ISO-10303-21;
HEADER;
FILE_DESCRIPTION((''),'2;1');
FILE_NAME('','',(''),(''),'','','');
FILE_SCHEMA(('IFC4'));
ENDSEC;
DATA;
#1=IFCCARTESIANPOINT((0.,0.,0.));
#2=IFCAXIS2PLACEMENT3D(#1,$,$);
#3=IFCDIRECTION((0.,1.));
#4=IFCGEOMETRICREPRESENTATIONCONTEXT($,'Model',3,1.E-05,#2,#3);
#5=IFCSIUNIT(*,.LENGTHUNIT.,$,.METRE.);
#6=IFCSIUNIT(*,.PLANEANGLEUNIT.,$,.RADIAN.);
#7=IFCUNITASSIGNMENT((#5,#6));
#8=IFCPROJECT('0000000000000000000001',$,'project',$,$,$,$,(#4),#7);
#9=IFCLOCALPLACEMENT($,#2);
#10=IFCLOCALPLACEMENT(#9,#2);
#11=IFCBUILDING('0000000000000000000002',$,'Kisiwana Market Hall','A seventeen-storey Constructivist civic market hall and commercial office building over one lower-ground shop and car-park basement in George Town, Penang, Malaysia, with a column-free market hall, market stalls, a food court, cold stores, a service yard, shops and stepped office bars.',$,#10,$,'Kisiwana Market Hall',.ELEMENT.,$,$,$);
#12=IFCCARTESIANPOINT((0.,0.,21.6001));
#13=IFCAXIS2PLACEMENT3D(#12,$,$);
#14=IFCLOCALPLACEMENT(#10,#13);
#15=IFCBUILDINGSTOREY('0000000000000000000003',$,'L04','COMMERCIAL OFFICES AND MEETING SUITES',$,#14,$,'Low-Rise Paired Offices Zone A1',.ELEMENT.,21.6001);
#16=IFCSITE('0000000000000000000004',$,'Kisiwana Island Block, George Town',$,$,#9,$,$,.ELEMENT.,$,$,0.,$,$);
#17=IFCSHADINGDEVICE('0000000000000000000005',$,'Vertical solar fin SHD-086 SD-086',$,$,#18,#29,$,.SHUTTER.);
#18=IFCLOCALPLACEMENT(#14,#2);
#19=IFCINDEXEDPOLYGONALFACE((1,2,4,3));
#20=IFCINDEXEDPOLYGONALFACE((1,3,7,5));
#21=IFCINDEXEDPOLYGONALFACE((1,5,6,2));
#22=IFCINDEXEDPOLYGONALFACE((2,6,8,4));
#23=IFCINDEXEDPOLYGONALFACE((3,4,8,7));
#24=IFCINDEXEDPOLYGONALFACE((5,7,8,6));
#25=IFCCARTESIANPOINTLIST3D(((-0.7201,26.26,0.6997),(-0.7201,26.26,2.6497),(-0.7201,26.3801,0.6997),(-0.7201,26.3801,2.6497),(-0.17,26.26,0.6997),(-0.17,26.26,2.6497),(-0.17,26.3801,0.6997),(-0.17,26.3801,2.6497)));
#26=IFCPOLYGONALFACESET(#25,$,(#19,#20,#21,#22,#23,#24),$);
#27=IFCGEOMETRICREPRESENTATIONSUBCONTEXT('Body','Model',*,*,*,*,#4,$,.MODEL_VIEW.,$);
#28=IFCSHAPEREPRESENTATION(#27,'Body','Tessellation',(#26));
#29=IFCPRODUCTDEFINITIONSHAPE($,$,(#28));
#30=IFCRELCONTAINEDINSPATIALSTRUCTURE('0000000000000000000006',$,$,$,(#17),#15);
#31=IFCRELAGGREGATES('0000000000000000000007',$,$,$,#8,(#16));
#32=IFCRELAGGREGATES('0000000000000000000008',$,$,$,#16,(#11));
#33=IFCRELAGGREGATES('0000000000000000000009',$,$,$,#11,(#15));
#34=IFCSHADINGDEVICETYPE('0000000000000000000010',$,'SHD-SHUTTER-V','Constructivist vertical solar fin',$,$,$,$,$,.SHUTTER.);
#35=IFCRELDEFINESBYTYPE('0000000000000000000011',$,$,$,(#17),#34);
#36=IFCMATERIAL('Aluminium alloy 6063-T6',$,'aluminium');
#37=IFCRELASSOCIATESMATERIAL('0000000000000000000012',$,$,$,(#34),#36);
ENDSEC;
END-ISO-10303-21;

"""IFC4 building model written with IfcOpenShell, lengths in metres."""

from ifc_helpers import new_model, si_unit, direction, frame, origin, origin_2d, place, context, subcontext, project, spatial, rectangle, extrude, material, type_object, element, save


model = new_model("IFC4")

# Units and contexts
model_context = context("Model", 3, precision=1e-05, world=origin(), true_north=direction((0.0, 1.0)))
body_context = subcontext(model_context, "Body", "Model", "MODEL_VIEW")
ifc_project = project(units=[si_unit("LENGTHUNIT", "METRE"), si_unit("PLANEANGLEUNIT", "RADIAN")], contexts=[model_context])

# Site, building, storey
site_placement = place(None, origin())
site = spatial("IfcSite", under=ifc_project, at=site_placement, Name="Kisiwana Island Block, George Town", CompositionType="ELEMENT", RefElevation=0.0)
building_placement = place(site_placement, origin())
building = spatial("IfcBuilding", under=site, at=building_placement, Name="Kisiwana Market Hall", Description="A seventeen-storey Constructivist civic market hall and commercial office building over one lower-ground shop and car-park basement in George Town, Penang, Malaysia, with a column-free market hall, market stalls, a food court, cold stores, a service yard, shops and stepped office bars.", LongName="Kisiwana Market Hall", CompositionType="ELEMENT")
storey_placement = place(building_placement, frame((0.0, 0.0, 21.6001)))
storey = spatial("IfcBuildingStorey", under=building, at=storey_placement, Name="L04", Description="COMMERCIAL OFFICES AND MEETING SUITES", LongName="Low-Rise Paired Offices Zone A1", CompositionType="ELEMENT", Elevation=21.6001)

# Shading device
ifc_material_1 = material(Name="Aluminium alloy 6063-T6", Category="aluminium")
shading_device_type = type_object("IfcShadingDeviceType", Name="SHD-SHUTTER-V", Description="Constructivist vertical solar fin", PredefinedType="SHUTTER", material=ifc_material_1)
shading_device_placement = place(storey_placement, frame((-0.4451, 26.3201, 0.6997), z_axis=(0.0, 0.0, 1.0), x_axis=(0.0, 1.0, 0.0)))
element("IfcShadingDevice", 1, at=shading_device_placement, inside=storey, type_object=shading_device_type, Name="Vertical solar fin SHD-086 SD-086", PredefinedType="SHUTTER", context=body_context, shape_type="SweptSolid", body=[
    extrude(rectangle(XDim=0.1201, YDim=0.55, at=origin_2d()), origin(), (0.0, 0.0, 1.0), 1.95),
])

save(model, "model.ifc")
